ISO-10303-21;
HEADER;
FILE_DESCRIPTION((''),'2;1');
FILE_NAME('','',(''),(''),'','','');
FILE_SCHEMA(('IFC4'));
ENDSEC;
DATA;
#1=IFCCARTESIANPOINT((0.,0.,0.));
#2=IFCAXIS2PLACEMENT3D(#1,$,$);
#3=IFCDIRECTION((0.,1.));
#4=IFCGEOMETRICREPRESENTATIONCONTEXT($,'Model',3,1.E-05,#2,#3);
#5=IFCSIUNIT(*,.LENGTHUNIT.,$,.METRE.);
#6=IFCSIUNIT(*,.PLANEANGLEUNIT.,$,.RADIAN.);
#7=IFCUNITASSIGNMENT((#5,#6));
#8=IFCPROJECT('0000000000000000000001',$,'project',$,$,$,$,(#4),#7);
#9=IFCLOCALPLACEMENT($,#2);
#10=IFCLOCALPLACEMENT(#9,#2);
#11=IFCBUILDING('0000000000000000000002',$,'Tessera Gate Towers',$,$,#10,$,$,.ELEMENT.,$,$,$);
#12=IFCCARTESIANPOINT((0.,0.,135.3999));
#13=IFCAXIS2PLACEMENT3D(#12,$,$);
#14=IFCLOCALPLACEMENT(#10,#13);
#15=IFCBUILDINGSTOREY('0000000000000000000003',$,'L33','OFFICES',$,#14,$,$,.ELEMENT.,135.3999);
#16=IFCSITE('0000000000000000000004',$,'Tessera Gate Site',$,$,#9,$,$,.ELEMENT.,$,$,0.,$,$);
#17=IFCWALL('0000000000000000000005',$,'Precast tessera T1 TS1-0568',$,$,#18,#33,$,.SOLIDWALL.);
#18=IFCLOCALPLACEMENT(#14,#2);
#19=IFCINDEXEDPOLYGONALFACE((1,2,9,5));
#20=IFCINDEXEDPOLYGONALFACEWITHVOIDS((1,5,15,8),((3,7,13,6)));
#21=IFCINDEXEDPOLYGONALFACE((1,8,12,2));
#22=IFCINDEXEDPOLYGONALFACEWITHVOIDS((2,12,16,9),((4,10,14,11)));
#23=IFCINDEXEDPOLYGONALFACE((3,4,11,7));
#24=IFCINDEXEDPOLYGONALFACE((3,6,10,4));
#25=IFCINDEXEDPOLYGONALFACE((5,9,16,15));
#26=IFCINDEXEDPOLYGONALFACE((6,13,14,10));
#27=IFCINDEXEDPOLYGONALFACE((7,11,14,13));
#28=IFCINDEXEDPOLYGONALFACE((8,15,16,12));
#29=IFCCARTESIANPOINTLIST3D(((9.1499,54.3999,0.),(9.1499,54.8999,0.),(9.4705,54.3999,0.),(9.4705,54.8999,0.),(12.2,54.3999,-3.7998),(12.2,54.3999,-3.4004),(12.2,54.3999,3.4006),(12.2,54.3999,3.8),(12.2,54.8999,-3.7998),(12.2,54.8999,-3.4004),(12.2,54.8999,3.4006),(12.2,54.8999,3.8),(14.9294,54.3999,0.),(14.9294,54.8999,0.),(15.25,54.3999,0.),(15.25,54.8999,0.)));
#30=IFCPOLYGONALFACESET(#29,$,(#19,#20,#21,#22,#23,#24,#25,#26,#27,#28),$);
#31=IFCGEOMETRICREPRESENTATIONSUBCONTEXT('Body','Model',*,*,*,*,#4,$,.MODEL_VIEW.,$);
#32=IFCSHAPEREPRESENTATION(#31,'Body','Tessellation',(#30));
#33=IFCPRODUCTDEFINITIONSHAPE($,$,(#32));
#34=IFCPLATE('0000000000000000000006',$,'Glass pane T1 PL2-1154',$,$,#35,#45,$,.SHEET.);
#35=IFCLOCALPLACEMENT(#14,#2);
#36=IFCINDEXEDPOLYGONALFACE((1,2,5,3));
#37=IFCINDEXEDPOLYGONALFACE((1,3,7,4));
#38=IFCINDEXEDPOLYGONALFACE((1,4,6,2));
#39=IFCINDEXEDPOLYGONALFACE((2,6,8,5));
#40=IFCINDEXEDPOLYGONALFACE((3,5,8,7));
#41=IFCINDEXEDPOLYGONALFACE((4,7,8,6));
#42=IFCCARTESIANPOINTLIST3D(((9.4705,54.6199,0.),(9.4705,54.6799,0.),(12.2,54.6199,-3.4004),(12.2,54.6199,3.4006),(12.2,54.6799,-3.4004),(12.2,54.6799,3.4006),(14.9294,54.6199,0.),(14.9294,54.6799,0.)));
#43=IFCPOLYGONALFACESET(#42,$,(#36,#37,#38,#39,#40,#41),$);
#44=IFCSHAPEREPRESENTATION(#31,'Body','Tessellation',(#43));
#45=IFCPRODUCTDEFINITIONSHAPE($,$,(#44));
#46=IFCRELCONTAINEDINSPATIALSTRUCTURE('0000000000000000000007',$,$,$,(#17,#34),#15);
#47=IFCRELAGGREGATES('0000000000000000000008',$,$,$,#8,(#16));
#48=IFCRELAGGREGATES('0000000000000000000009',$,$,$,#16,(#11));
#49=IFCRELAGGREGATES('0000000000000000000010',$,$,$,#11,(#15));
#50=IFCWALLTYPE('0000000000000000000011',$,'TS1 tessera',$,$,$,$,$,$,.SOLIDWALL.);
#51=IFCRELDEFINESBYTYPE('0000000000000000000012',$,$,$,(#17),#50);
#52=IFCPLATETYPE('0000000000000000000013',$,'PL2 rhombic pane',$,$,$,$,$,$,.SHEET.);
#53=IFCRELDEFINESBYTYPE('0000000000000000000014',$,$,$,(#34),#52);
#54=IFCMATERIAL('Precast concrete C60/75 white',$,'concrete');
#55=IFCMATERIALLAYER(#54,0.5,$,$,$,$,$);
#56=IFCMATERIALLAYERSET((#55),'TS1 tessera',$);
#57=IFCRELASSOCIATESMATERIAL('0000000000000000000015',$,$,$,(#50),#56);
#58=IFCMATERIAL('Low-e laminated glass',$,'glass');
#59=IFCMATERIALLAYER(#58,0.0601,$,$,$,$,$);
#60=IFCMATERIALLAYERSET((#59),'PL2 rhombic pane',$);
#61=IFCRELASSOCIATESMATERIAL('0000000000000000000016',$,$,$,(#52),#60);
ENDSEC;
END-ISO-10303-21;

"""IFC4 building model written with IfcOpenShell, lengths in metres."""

from ifc_helpers import new_model, si_unit, direction, frame, origin, place, context, subcontext, project, spatial, polyline, outline, extrude, source, transform, mapped, material, layer, layer_set, type_object, element, fill, save


model = new_model("IFC4")

# Units and contexts
model_context = context("Model", 3, precision=1e-05, world=origin(), true_north=direction((0.0, 1.0)))
body_context = subcontext(model_context, "Body", "Model", "MODEL_VIEW")
ifc_project = project(units=[si_unit("LENGTHUNIT", "METRE"), si_unit("PLANEANGLEUNIT", "RADIAN")], contexts=[model_context])

# Site, building, storey
site_placement = place(None, origin())
site = spatial("IfcSite", under=ifc_project, at=site_placement, Name="Tessera Gate Site", CompositionType="ELEMENT", RefElevation=0.0)
building_placement = place(site_placement, origin())
building = spatial("IfcBuilding", under=site, at=building_placement, Name="Tessera Gate Towers", CompositionType="ELEMENT")
storey_placement = place(building_placement, frame((0.0, 0.0, 135.3999)))
storey = spatial("IfcBuildingStorey", under=building, at=storey_placement, Name="L33", Description="OFFICES", CompositionType="ELEMENT", Elevation=135.3999)

# Wall, opening, plate
ifc_material_1 = material(Name="Precast concrete C60/75 white", Category="concrete")
ifc_layer_1 = layer(ifc_material_1, 0.5)
ifc_layer_set_1 = layer_set([ifc_layer_1], Name="TS1 tessera")
wall_type_1 = type_object("IfcWallType", Name="TS1 tessera", PredefinedType="SOLIDWALL", material=ifc_layer_set_1)
shared_shape_1 = source(origin(), body_context, "Body", "SweptSolid", [
    extrude(outline(polyline([(3.05, 0.0), (6.1001, 3.7998), (3.05, 7.5999), (0.0, 3.7998), (3.05, 0.0)])), frame((0.0, 0.25, 0.0), z_axis=(0.0, -1.0, 0.0), x_axis=(1.0, 0.0, 0.0)), (0.0, 0.0, 1.0), 0.5),
])
shared_shape_2 = source(origin(), body_context, "Body", "SweptSolid", [
    extrude(outline(polyline([(3.05, 0.3994), (5.7795, 3.7998), (3.05, 7.2004), (0.3206, 3.7998), (3.05, 0.3994)])), frame((0.0, 0.26, 0.0), z_axis=(0.0, -1.0, 0.0), x_axis=(1.0, 0.0, 0.0)), (0.0, 0.0, 1.0), 0.52),
])
ifc_material_2 = material(Name="Low-e laminated glass", Category="glass")
ifc_layer_2 = layer(ifc_material_2, 0.0601)
ifc_layer_set_2 = layer_set([ifc_layer_2], Name="PL2 rhombic pane")
plate_type = type_object("IfcPlateType", Name="PL2 rhombic pane", PredefinedType="SHEET", material=ifc_layer_set_2)
shared_shape_3 = source(origin(), body_context, "Body", "SweptSolid", [
    extrude(outline(polyline([(3.05, 0.3994), (5.7795, 3.7998), (3.05, 7.2004), (0.3206, 3.7998), (3.05, 0.3994)])), frame((0.0, 0.03, 0.0), z_axis=(0.0, -1.0, 0.0), x_axis=(1.0, 0.0, 0.0)), (0.0, 0.0, 1.0), 0.0601),
])
wall_1_placement = place(storey_placement, frame((15.25, 54.6499, -3.7998), z_axis=(0.0, 0.0, 1.0), x_axis=(-1.0, 0.0, 0.0)))
wall_1 = element("IfcWall", 1, at=wall_1_placement, inside=storey, type_object=wall_type_1, Name="Precast tessera T1 TS1-0568", PredefinedType="SOLIDWALL", context=body_context, shape_type="MappedRepresentation", body=[
    mapped(shared_shape_1, transform((0.0, 0.0, 0.0), scale=1.0)),
])
opening_1_placement = place(wall_1_placement, origin())
opening_1 = element("IfcOpeningElement", 2, at=opening_1_placement, cuts=wall_1, PredefinedType="OPENING", context=body_context, shape_type="MappedRepresentation", body=[
    mapped(shared_shape_2, transform((0.0, 0.0, 0.0), scale=1.0)),
])
plate_1_placement = place(opening_1_placement, origin())
plate_1 = element("IfcPlate", 3, at=plate_1_placement, inside=storey, type_object=plate_type, Name="Glass pane T1 PL2-1154", PredefinedType="SHEET", context=body_context, shape_type="MappedRepresentation", body=[
    mapped(shared_shape_3, transform((0.0, 0.0, 0.0), scale=1.0)),
])
fill(opening_1, plate_1)

save(model, "model.ifc")
